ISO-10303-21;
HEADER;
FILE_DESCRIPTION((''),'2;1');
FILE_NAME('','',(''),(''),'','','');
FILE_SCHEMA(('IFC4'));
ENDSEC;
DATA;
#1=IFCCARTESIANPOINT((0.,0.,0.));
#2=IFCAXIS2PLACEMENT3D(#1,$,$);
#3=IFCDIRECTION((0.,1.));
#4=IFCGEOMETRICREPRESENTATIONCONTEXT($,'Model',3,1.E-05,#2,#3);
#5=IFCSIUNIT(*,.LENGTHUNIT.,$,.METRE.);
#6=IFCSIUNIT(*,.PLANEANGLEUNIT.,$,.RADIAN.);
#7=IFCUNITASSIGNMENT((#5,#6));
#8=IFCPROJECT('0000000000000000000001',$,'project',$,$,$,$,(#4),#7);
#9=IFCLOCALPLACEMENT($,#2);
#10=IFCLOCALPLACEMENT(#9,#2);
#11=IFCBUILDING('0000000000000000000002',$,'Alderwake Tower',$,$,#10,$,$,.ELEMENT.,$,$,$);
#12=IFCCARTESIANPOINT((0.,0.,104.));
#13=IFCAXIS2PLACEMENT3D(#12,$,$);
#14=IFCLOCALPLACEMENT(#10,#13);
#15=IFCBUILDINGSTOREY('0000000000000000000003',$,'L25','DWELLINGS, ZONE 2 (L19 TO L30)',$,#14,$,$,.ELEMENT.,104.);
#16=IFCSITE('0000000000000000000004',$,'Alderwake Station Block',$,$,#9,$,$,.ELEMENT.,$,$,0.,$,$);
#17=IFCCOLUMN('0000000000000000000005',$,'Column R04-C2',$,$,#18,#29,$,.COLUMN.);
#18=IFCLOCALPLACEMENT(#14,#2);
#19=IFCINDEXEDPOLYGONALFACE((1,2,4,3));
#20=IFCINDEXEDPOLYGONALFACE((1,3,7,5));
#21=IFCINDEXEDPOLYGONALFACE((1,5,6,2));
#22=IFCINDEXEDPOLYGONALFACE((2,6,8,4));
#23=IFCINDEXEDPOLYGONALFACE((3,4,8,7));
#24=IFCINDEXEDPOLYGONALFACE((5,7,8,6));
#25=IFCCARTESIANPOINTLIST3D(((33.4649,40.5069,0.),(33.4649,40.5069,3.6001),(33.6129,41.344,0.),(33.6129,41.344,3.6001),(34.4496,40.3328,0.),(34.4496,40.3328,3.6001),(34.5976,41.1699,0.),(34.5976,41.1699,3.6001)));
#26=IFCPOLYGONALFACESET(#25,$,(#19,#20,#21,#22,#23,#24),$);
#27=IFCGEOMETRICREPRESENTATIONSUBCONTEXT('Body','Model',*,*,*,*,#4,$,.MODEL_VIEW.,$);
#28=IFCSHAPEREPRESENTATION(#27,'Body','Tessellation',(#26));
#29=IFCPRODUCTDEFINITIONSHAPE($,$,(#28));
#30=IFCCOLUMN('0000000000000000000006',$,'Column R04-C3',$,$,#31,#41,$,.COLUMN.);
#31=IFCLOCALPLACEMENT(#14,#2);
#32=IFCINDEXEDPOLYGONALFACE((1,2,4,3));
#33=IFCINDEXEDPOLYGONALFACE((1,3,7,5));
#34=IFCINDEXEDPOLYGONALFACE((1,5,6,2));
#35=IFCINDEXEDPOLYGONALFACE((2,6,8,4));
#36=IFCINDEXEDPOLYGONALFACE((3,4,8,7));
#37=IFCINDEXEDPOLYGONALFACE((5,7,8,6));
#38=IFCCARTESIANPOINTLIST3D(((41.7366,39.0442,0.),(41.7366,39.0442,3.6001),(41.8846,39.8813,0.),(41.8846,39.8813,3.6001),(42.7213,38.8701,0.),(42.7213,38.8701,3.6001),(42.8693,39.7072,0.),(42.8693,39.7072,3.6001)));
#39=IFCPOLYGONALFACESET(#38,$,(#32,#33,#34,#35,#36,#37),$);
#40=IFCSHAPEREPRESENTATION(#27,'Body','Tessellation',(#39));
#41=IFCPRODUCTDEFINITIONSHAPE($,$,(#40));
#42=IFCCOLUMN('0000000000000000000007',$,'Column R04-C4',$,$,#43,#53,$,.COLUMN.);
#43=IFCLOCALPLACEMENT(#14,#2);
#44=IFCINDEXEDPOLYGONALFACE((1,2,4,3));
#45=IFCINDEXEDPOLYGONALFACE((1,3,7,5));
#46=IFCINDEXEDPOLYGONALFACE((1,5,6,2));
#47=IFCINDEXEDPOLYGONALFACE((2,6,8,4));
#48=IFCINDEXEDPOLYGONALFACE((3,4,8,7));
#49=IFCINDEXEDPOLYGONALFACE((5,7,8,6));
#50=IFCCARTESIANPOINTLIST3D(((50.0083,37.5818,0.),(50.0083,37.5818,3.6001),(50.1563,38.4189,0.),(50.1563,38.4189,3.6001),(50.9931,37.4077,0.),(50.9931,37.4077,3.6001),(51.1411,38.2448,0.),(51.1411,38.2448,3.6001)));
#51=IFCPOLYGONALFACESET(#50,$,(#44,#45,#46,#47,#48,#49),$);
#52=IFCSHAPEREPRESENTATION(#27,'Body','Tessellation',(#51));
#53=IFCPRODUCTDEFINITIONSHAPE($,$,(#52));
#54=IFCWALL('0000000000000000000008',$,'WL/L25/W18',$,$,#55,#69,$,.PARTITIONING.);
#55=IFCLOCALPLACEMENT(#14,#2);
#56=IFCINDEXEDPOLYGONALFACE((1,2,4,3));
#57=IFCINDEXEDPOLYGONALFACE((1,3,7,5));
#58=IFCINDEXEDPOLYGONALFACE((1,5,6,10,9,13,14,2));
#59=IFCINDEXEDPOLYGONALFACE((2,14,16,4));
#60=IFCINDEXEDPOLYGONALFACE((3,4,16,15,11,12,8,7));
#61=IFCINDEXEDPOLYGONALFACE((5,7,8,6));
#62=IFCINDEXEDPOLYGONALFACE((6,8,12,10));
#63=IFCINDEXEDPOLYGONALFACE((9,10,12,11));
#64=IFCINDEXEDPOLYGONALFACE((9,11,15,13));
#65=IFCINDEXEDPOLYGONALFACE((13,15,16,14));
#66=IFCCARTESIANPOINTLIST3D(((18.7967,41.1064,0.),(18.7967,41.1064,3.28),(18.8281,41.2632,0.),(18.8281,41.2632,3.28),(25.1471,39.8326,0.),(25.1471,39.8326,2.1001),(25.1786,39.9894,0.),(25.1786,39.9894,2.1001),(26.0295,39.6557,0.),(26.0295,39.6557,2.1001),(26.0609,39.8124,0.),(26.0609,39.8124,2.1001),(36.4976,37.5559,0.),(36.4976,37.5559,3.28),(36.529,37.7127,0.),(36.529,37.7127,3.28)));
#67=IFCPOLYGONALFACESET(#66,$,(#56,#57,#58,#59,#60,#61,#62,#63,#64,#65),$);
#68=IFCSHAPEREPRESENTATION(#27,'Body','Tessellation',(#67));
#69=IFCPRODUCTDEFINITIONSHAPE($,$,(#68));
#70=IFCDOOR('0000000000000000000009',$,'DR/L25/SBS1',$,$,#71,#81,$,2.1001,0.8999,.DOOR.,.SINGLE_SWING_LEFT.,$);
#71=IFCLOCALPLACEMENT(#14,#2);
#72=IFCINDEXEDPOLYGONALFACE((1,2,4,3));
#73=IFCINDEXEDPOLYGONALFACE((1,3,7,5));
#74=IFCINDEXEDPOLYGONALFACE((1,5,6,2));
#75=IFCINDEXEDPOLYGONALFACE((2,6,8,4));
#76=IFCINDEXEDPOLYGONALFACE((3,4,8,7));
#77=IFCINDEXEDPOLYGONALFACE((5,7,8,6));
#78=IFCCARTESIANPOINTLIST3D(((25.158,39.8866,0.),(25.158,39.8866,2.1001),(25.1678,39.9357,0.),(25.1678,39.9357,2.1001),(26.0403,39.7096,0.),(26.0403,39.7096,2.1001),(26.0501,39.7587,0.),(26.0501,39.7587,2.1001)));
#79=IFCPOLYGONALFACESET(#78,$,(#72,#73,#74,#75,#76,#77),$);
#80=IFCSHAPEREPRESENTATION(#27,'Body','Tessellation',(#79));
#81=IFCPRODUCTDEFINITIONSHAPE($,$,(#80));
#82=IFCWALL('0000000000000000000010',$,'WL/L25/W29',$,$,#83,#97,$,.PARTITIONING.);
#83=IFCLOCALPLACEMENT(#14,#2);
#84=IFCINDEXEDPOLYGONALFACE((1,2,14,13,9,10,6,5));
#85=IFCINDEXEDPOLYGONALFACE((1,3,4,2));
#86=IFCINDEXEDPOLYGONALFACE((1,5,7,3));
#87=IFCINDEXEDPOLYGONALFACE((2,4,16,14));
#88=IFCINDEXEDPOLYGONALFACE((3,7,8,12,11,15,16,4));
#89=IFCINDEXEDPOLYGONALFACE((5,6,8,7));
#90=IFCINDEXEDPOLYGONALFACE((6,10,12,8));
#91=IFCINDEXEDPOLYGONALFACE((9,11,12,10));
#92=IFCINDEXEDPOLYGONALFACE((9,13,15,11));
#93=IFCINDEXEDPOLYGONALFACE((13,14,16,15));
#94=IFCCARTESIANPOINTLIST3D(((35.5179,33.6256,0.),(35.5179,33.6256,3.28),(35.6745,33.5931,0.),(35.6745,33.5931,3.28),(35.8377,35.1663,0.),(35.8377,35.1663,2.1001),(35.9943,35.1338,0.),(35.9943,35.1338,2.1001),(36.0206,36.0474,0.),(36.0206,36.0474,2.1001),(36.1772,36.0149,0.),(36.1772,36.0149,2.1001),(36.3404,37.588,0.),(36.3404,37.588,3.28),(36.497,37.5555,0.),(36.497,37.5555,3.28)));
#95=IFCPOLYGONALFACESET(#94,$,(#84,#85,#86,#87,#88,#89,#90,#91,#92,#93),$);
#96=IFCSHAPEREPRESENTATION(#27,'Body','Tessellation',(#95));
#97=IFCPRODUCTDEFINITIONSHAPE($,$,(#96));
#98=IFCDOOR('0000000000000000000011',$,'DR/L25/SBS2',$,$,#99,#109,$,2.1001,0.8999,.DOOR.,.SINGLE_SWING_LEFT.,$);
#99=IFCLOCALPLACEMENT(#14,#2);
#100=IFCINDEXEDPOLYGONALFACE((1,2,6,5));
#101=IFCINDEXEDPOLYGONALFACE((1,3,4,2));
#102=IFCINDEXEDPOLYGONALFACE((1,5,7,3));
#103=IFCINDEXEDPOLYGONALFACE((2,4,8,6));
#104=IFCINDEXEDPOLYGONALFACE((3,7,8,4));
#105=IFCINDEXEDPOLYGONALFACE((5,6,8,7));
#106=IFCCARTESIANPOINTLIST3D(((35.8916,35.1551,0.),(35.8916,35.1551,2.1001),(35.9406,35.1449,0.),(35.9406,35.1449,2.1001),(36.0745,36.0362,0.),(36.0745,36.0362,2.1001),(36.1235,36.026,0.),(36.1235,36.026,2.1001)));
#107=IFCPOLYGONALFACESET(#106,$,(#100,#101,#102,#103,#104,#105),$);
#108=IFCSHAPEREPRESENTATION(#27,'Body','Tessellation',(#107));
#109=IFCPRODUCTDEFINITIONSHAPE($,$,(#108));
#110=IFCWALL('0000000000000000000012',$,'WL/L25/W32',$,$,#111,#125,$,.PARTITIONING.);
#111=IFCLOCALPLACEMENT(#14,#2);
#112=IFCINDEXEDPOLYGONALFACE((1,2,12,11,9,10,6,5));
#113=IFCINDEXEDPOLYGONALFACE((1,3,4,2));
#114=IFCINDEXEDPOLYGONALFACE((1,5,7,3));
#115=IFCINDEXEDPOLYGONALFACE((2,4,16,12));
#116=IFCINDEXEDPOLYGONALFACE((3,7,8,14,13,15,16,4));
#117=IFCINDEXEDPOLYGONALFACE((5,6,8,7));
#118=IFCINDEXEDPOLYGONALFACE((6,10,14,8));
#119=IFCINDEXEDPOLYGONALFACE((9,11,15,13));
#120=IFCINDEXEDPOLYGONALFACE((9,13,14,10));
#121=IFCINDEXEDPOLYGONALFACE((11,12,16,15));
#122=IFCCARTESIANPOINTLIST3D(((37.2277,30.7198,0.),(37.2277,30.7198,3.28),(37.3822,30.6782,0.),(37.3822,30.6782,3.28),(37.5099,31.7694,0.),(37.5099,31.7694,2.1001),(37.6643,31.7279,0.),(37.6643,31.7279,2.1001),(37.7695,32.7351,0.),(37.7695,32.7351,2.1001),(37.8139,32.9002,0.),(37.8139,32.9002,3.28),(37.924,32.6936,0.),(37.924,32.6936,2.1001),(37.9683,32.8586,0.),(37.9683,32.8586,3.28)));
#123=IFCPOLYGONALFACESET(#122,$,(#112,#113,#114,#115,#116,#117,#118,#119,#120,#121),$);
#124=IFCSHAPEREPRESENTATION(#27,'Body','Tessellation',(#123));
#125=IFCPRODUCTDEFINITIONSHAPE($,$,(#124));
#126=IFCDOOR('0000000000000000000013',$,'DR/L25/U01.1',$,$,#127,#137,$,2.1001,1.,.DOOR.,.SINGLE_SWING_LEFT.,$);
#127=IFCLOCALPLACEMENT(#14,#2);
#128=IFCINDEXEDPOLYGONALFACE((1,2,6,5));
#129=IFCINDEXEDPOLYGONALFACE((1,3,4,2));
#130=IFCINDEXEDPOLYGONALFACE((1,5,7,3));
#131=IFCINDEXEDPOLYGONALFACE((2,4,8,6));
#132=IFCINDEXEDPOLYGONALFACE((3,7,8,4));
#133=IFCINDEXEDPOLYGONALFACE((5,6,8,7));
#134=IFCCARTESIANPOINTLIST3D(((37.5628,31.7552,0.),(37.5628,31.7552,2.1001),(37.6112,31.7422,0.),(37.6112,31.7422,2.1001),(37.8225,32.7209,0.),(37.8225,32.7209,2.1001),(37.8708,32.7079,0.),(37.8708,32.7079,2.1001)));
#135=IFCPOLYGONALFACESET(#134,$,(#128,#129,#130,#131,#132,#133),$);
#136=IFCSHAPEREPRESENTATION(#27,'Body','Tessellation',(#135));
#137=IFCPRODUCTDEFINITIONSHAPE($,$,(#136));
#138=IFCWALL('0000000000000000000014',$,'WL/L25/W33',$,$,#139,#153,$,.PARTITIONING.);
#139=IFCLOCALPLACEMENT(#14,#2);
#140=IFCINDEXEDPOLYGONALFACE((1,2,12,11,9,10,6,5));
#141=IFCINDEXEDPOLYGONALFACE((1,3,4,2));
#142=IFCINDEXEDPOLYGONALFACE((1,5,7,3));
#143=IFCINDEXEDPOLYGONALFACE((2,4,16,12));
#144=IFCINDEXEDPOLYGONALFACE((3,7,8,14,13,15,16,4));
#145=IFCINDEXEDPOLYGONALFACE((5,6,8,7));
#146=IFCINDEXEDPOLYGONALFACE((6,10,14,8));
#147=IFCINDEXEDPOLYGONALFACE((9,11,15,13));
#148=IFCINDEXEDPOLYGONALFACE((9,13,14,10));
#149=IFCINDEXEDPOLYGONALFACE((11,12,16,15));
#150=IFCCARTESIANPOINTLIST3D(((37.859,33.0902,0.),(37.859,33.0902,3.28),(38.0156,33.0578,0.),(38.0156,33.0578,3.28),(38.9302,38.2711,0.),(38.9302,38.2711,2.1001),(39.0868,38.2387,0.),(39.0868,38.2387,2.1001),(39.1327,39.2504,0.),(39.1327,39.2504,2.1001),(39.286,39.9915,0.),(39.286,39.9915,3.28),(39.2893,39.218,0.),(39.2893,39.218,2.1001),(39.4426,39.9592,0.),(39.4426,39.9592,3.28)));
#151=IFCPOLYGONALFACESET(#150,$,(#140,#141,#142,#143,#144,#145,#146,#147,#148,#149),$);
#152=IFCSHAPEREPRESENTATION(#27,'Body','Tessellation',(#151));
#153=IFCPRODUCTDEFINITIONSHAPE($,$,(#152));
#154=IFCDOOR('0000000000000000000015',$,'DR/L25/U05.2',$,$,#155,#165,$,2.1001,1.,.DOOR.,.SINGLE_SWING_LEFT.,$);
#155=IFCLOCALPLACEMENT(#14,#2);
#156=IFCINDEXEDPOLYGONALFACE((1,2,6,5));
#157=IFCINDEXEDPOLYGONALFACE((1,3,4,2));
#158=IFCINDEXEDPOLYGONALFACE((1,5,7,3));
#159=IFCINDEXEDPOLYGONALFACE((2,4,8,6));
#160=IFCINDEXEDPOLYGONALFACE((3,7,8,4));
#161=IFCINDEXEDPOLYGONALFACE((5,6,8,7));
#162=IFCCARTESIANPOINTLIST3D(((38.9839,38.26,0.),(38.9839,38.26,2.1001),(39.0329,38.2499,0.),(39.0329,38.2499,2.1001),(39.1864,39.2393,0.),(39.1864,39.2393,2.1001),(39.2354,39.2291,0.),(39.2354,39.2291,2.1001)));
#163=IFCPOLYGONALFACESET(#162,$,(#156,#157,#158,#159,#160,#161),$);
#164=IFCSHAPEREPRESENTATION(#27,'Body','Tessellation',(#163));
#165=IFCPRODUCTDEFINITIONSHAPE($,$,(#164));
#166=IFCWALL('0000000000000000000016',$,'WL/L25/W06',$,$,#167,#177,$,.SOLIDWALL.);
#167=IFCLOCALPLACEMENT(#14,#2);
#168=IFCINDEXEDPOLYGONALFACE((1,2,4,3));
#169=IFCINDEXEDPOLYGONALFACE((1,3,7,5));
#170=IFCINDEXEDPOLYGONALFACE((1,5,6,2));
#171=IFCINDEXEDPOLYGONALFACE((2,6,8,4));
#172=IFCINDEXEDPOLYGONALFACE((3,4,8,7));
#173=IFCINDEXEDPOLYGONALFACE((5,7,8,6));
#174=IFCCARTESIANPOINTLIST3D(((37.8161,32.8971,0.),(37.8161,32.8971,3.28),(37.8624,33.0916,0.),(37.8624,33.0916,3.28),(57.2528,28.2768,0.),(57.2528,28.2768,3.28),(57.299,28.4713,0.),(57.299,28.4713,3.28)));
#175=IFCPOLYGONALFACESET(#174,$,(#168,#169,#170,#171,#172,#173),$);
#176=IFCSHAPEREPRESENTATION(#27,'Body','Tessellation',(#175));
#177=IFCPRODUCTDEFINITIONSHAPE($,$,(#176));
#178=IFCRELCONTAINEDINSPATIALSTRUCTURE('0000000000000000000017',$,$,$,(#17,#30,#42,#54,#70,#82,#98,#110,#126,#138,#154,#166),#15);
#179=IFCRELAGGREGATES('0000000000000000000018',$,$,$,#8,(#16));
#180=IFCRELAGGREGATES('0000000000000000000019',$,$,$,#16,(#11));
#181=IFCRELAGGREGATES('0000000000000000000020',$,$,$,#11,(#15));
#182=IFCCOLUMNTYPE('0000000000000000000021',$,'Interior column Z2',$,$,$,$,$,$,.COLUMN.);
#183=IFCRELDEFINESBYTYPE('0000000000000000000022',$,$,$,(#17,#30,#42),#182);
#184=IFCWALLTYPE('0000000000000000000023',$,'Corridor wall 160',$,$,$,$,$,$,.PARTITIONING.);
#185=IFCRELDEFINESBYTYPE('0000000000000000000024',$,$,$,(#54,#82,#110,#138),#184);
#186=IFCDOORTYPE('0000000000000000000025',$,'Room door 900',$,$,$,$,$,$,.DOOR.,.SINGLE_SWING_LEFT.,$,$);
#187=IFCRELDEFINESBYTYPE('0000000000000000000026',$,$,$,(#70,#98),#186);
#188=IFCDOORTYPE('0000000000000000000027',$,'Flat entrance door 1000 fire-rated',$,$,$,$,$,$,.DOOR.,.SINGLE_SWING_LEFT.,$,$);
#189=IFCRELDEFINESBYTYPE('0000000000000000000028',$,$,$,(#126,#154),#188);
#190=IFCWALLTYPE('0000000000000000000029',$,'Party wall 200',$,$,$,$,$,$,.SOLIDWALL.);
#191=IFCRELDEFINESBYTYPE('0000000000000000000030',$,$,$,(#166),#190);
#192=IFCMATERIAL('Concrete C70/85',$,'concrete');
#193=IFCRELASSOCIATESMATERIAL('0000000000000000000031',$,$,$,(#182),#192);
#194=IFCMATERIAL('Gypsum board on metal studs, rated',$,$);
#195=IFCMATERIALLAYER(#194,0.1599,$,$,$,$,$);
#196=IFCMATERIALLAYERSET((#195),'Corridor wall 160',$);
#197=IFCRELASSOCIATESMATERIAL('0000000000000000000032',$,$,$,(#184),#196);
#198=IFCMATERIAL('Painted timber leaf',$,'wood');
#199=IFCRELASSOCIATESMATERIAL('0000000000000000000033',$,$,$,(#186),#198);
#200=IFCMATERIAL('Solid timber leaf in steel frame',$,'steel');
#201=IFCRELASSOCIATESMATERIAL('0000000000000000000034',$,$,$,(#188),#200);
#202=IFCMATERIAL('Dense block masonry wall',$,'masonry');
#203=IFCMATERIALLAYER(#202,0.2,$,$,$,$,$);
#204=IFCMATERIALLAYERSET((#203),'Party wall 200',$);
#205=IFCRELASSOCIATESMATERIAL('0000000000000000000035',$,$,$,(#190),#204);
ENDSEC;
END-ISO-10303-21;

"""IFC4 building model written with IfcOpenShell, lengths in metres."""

from ifc_helpers import new_model, si_unit, direction, frame, frame_2d, origin, origin_2d, place, context, subcontext, project, spatial, rectangle, extrude, material, layer, layer_set, material_profile, profile_set, type_object, element, fill, save


model = new_model("IFC4")

# Units and contexts
model_context = context("Model", 3, precision=1e-05, world=origin(), true_north=direction((0.0, 1.0)))
body_context = subcontext(model_context, "Body", "Model", "MODEL_VIEW")
ifc_project = project(units=[si_unit("LENGTHUNIT", "METRE"), si_unit("PLANEANGLEUNIT", "RADIAN")], contexts=[model_context])

# Site, building, storey
site_placement = place(None, origin())
site = spatial("IfcSite", under=ifc_project, at=site_placement, Name="Alderwake Station Block", CompositionType="ELEMENT", RefElevation=0.0)
building_placement = place(site_placement, origin())
building = spatial("IfcBuilding", under=site, at=building_placement, Name="Alderwake Tower", CompositionType="ELEMENT")
storey_placement = place(building_placement, frame((0.0, 0.0, 104.0)))
storey = spatial("IfcBuildingStorey", under=building, at=storey_placement, Name="L25", Description="DWELLINGS, ZONE 2 (L19 TO L30)", CompositionType="ELEMENT", Elevation=104.0)

# Columns
ifc_material_1 = material(Name="Concrete C70/85", Category="concrete")
ifc_material_profile = material_profile(ifc_material_1, rectangle(XDim=0.8501, YDim=1.0, at=origin_2d()), Name="RC 1000X850")
ifc_profile_set = profile_set([ifc_material_profile], Name="Concrete C70/85")
column_type = type_object("IfcColumnType", Name="Interior column Z2", PredefinedType="COLUMN", material=ifc_profile_set)
for number, where, z_axis, x_axis, name in (
    (1, (34.0312, 40.8384, 0.0), (0.0, 0.0, 1.0), (0.174109, 0.984726, 0.0), "Column R04-C2"),
    (2, (42.303, 39.3757, 0.0), (0.0, 0.0, 1.0), (0.174109, 0.984726, 0.0), "Column R04-C3"),
    (3, (50.5747, 37.9133, 0.0), (0.0, 0.0, 1.0), (0.174107, 0.984727, 0.0), "Column R04-C4"),
):
    element("IfcColumn", number, at=place(storey_placement, frame(where, z_axis=z_axis, x_axis=x_axis)), inside=storey, type_object=column_type, Name=name, PredefinedType="COLUMN", context=body_context, shape_type="SweptSolid", body=[
        extrude(rectangle(XDim=0.8501, YDim=1.0, at=origin_2d()), origin(), (0.0, 0.0, 1.0), 3.6001),
    ])

# Walls, openings, doors
ifc_material_2 = material(Name="Gypsum board on metal studs, rated")
ifc_layer_1 = layer(ifc_material_2, 0.1599)
ifc_layer_set_1 = layer_set([ifc_layer_1], Name="Corridor wall 160")
wall_type_1 = type_object("IfcWallType", Name="Corridor wall 160", PredefinedType="PARTITIONING", material=ifc_layer_set_1)
wall_1_placement = place(storey_placement, frame((36.5134, 37.6343, 0.0), z_axis=(0.0, 0.0, 1.0), x_axis=(-0.98047, 0.196667, 0.0)))
wall_1 = element("IfcWall", 4, at=wall_1_placement, inside=storey, type_object=wall_type_1, Name="WL/L25/W18", PredefinedType="PARTITIONING", context=body_context, shape_type="SweptSolid", body=[
    extrude(rectangle(XDim=18.0535, YDim=0.1599, at=frame_2d((9.0269, 0.0))), origin(), (0.0, 0.0, 1.0), 3.28),
])
opening_1_placement = place(wall_1_placement, frame((10.6768, 0.0, 0.0)))
opening_1 = element("IfcOpeningElement", 5, at=opening_1_placement, cuts=wall_1, PredefinedType="OPENING", context=body_context, shape_type="SweptSolid", body=[
    extrude(rectangle(XDim=0.8999, YDim=2.1001, at=frame_2d((0.45, 1.05))), frame((0.0, 0.0898, 0.0), z_axis=(0.0, -1.0, 0.0), x_axis=(1.0, 0.0, 0.0)), (0.0, 0.0, 1.0), 0.1799),
])
ifc_material_3 = material(Name="Painted timber leaf", Category="wood")
door_type_1 = type_object("IfcDoorType", Name="Room door 900", OperationType="SINGLE_SWING_LEFT", PredefinedType="DOOR", material=ifc_material_3)
door_1_placement = place(opening_1_placement, origin())
door_1 = element("IfcDoor", 6, at=door_1_placement, inside=storey, type_object=door_type_1, Name="DR/L25/SBS1", OperationType="SINGLE_SWING_LEFT", OverallHeight=2.1001, OverallWidth=0.8999, PredefinedType="DOOR", context=body_context, shape_type="SweptSolid", body=[
    extrude(rectangle(XDim=0.8999, YDim=2.1001, at=frame_2d((0.45, 1.05))), frame((0.0, 0.0249, 0.0), z_axis=(0.0, -1.0, 0.0), x_axis=(1.0, 0.0, 0.0)), (0.0, 0.0, 1.0), 0.05),
])
fill(opening_1, door_1)
wall_2_placement = place(storey_placement, frame((35.5962, 33.6094, 0.0), z_axis=(0.0, 0.0, 1.0), x_axis=(0.203246, 0.979128, 0.0)))
wall_2 = element("IfcWall", 7, at=wall_2_placement, inside=storey, type_object=wall_type_1, Name="WL/L25/W29", PredefinedType="PARTITIONING", context=body_context, shape_type="SweptSolid", body=[
    extrude(rectangle(XDim=4.0469, YDim=0.1599, at=frame_2d((2.0234, 0.0))), origin(), (0.0, 0.0, 1.0), 3.28),
])
opening_2_placement = place(wall_2_placement, frame((1.5735, 0.0, 0.0)))
opening_2 = element("IfcOpeningElement", 8, at=opening_2_placement, cuts=wall_2, PredefinedType="OPENING", context=body_context, shape_type="SweptSolid", body=[
    extrude(rectangle(XDim=0.8999, YDim=2.1001, at=frame_2d((0.45, 1.05))), frame((0.0, 0.0898, 0.0), z_axis=(0.0, -1.0, 0.0), x_axis=(1.0, 0.0, 0.0)), (0.0, 0.0, 1.0), 0.1799),
])
door_2_placement = place(opening_2_placement, origin())
door_2 = element("IfcDoor", 9, at=door_2_placement, inside=storey, type_object=door_type_1, Name="DR/L25/SBS2", OperationType="SINGLE_SWING_LEFT", OverallHeight=2.1001, OverallWidth=0.8999, PredefinedType="DOOR", context=body_context, shape_type="SweptSolid", body=[
    extrude(rectangle(XDim=0.8999, YDim=2.1001, at=frame_2d((0.45, 1.05))), frame((0.0, 0.0249, 0.0), z_axis=(0.0, -1.0, 0.0), x_axis=(1.0, 0.0, 0.0)), (0.0, 0.0, 1.0), 0.05),
])
fill(opening_2, door_2)
wall_3_placement = place(storey_placement, frame((37.8911, 32.8794, 0.0), z_axis=(0.0, 0.0, 1.0), x_axis=(-0.259621, -0.965711, 0.0)))
wall_3 = element("IfcWall", 10, at=wall_3_placement, inside=storey, type_object=wall_type_1, Name="WL/L25/W32", PredefinedType="PARTITIONING", context=body_context, shape_type="SweptSolid", body=[
    extrude(rectangle(XDim=2.2578, YDim=0.1599, at=frame_2d((1.1289, 0.0))), origin(), (0.0, 0.0, 1.0), 3.28),
])
opening_3_placement = place(wall_3_placement, frame((0.1709, 0.0, 0.0)))
opening_3 = element("IfcOpeningElement", 11, at=opening_3_placement, cuts=wall_3, PredefinedType="OPENING", context=body_context, shape_type="SweptSolid", body=[
    extrude(rectangle(XDim=1.0, YDim=2.1001, at=frame_2d((0.5, 1.05))), frame((0.0, 0.0898, 0.0), z_axis=(0.0, -1.0, 0.0), x_axis=(1.0, 0.0, 0.0)), (0.0, 0.0, 1.0), 0.1799),
])
ifc_material_4 = material(Name="Solid timber leaf in steel frame", Category="steel")
door_type_2 = type_object("IfcDoorType", Name="Flat entrance door 1000 fire-rated", OperationType="SINGLE_SWING_LEFT", PredefinedType="DOOR", material=ifc_material_4)
door_3_placement = place(opening_3_placement, origin())
door_3 = element("IfcDoor", 12, at=door_3_placement, inside=storey, type_object=door_type_2, Name="DR/L25/U01.1", OperationType="SINGLE_SWING_LEFT", OverallHeight=2.1001, OverallWidth=1.0, PredefinedType="DOOR", context=body_context, shape_type="SweptSolid", body=[
    extrude(rectangle(XDim=1.0, YDim=2.1001, at=frame_2d((0.5, 1.05))), frame((0.0, 0.0249, 0.0), z_axis=(0.0, -1.0, 0.0), x_axis=(1.0, 0.0, 0.0)), (0.0, 0.0, 1.0), 0.05),
])
fill(opening_3, door_3)
wall_4_placement = place(storey_placement, frame((39.3643, 39.9753, 0.0), z_axis=(0.0, 0.0, 1.0), x_axis=(-0.202488, -0.979285, 0.0)))
wall_4 = element("IfcWall", 13, at=wall_4_placement, inside=storey, type_object=wall_type_1, Name="WL/L25/W33", PredefinedType="PARTITIONING", context=body_context, shape_type="SweptSolid", body=[
    extrude(rectangle(XDim=7.0474, YDim=0.1599, at=frame_2d((3.5237, 0.0))), origin(), (0.0, 0.0, 1.0), 3.28),
])
opening_4_placement = place(wall_4_placement, frame((0.7568, 0.0, 0.0)))
opening_4 = element("IfcOpeningElement", 14, at=opening_4_placement, cuts=wall_4, PredefinedType="OPENING", context=body_context, shape_type="SweptSolid", body=[
    extrude(rectangle(XDim=1.0, YDim=2.1001, at=frame_2d((0.5, 1.05))), frame((0.0, 0.0898, 0.0), z_axis=(0.0, -1.0, 0.0), x_axis=(1.0, 0.0, 0.0)), (0.0, 0.0, 1.0), 0.1799),
])
door_4_placement = place(opening_4_placement, origin())
door_4 = element("IfcDoor", 15, at=door_4_placement, inside=storey, type_object=door_type_2, Name="DR/L25/U05.2", OperationType="SINGLE_SWING_LEFT", OverallHeight=2.1001, OverallWidth=1.0, PredefinedType="DOOR", context=body_context, shape_type="SweptSolid", body=[
    extrude(rectangle(XDim=1.0, YDim=2.1001, at=frame_2d((0.5, 1.05))), frame((0.0, 0.0249, 0.0), z_axis=(0.0, -1.0, 0.0), x_axis=(1.0, 0.0, 0.0)), (0.0, 0.0, 1.0), 0.05),
])
fill(opening_4, door_4)

# Wall
ifc_material_5 = material(Name="Dense block masonry wall", Category="masonry")
ifc_layer_2 = layer(ifc_material_5, 0.2)
ifc_layer_set_2 = layer_set([ifc_layer_2], Name="Party wall 200")
wall_type_2 = type_object("IfcWallType", Name="Party wall 200", PredefinedType="SOLIDWALL", material=ifc_layer_set_2)
wall_5_placement = place(storey_placement, frame((37.8391, 32.9944, 0.0), z_axis=(0.0, 0.0, 1.0), x_axis=(0.97289, -0.231268, 0.0)))
element("IfcWall", 16, at=wall_5_placement, inside=storey, type_object=wall_type_2, Name="WL/L25/W06", PredefinedType="SOLIDWALL", context=body_context, shape_type="SweptSolid", body=[
    extrude(rectangle(XDim=19.9783, YDim=0.2, at=frame_2d((9.9893, 0.0))), origin(), (0.0, 0.0, 1.0), 3.28),
])

save(model, "model.ifc")
